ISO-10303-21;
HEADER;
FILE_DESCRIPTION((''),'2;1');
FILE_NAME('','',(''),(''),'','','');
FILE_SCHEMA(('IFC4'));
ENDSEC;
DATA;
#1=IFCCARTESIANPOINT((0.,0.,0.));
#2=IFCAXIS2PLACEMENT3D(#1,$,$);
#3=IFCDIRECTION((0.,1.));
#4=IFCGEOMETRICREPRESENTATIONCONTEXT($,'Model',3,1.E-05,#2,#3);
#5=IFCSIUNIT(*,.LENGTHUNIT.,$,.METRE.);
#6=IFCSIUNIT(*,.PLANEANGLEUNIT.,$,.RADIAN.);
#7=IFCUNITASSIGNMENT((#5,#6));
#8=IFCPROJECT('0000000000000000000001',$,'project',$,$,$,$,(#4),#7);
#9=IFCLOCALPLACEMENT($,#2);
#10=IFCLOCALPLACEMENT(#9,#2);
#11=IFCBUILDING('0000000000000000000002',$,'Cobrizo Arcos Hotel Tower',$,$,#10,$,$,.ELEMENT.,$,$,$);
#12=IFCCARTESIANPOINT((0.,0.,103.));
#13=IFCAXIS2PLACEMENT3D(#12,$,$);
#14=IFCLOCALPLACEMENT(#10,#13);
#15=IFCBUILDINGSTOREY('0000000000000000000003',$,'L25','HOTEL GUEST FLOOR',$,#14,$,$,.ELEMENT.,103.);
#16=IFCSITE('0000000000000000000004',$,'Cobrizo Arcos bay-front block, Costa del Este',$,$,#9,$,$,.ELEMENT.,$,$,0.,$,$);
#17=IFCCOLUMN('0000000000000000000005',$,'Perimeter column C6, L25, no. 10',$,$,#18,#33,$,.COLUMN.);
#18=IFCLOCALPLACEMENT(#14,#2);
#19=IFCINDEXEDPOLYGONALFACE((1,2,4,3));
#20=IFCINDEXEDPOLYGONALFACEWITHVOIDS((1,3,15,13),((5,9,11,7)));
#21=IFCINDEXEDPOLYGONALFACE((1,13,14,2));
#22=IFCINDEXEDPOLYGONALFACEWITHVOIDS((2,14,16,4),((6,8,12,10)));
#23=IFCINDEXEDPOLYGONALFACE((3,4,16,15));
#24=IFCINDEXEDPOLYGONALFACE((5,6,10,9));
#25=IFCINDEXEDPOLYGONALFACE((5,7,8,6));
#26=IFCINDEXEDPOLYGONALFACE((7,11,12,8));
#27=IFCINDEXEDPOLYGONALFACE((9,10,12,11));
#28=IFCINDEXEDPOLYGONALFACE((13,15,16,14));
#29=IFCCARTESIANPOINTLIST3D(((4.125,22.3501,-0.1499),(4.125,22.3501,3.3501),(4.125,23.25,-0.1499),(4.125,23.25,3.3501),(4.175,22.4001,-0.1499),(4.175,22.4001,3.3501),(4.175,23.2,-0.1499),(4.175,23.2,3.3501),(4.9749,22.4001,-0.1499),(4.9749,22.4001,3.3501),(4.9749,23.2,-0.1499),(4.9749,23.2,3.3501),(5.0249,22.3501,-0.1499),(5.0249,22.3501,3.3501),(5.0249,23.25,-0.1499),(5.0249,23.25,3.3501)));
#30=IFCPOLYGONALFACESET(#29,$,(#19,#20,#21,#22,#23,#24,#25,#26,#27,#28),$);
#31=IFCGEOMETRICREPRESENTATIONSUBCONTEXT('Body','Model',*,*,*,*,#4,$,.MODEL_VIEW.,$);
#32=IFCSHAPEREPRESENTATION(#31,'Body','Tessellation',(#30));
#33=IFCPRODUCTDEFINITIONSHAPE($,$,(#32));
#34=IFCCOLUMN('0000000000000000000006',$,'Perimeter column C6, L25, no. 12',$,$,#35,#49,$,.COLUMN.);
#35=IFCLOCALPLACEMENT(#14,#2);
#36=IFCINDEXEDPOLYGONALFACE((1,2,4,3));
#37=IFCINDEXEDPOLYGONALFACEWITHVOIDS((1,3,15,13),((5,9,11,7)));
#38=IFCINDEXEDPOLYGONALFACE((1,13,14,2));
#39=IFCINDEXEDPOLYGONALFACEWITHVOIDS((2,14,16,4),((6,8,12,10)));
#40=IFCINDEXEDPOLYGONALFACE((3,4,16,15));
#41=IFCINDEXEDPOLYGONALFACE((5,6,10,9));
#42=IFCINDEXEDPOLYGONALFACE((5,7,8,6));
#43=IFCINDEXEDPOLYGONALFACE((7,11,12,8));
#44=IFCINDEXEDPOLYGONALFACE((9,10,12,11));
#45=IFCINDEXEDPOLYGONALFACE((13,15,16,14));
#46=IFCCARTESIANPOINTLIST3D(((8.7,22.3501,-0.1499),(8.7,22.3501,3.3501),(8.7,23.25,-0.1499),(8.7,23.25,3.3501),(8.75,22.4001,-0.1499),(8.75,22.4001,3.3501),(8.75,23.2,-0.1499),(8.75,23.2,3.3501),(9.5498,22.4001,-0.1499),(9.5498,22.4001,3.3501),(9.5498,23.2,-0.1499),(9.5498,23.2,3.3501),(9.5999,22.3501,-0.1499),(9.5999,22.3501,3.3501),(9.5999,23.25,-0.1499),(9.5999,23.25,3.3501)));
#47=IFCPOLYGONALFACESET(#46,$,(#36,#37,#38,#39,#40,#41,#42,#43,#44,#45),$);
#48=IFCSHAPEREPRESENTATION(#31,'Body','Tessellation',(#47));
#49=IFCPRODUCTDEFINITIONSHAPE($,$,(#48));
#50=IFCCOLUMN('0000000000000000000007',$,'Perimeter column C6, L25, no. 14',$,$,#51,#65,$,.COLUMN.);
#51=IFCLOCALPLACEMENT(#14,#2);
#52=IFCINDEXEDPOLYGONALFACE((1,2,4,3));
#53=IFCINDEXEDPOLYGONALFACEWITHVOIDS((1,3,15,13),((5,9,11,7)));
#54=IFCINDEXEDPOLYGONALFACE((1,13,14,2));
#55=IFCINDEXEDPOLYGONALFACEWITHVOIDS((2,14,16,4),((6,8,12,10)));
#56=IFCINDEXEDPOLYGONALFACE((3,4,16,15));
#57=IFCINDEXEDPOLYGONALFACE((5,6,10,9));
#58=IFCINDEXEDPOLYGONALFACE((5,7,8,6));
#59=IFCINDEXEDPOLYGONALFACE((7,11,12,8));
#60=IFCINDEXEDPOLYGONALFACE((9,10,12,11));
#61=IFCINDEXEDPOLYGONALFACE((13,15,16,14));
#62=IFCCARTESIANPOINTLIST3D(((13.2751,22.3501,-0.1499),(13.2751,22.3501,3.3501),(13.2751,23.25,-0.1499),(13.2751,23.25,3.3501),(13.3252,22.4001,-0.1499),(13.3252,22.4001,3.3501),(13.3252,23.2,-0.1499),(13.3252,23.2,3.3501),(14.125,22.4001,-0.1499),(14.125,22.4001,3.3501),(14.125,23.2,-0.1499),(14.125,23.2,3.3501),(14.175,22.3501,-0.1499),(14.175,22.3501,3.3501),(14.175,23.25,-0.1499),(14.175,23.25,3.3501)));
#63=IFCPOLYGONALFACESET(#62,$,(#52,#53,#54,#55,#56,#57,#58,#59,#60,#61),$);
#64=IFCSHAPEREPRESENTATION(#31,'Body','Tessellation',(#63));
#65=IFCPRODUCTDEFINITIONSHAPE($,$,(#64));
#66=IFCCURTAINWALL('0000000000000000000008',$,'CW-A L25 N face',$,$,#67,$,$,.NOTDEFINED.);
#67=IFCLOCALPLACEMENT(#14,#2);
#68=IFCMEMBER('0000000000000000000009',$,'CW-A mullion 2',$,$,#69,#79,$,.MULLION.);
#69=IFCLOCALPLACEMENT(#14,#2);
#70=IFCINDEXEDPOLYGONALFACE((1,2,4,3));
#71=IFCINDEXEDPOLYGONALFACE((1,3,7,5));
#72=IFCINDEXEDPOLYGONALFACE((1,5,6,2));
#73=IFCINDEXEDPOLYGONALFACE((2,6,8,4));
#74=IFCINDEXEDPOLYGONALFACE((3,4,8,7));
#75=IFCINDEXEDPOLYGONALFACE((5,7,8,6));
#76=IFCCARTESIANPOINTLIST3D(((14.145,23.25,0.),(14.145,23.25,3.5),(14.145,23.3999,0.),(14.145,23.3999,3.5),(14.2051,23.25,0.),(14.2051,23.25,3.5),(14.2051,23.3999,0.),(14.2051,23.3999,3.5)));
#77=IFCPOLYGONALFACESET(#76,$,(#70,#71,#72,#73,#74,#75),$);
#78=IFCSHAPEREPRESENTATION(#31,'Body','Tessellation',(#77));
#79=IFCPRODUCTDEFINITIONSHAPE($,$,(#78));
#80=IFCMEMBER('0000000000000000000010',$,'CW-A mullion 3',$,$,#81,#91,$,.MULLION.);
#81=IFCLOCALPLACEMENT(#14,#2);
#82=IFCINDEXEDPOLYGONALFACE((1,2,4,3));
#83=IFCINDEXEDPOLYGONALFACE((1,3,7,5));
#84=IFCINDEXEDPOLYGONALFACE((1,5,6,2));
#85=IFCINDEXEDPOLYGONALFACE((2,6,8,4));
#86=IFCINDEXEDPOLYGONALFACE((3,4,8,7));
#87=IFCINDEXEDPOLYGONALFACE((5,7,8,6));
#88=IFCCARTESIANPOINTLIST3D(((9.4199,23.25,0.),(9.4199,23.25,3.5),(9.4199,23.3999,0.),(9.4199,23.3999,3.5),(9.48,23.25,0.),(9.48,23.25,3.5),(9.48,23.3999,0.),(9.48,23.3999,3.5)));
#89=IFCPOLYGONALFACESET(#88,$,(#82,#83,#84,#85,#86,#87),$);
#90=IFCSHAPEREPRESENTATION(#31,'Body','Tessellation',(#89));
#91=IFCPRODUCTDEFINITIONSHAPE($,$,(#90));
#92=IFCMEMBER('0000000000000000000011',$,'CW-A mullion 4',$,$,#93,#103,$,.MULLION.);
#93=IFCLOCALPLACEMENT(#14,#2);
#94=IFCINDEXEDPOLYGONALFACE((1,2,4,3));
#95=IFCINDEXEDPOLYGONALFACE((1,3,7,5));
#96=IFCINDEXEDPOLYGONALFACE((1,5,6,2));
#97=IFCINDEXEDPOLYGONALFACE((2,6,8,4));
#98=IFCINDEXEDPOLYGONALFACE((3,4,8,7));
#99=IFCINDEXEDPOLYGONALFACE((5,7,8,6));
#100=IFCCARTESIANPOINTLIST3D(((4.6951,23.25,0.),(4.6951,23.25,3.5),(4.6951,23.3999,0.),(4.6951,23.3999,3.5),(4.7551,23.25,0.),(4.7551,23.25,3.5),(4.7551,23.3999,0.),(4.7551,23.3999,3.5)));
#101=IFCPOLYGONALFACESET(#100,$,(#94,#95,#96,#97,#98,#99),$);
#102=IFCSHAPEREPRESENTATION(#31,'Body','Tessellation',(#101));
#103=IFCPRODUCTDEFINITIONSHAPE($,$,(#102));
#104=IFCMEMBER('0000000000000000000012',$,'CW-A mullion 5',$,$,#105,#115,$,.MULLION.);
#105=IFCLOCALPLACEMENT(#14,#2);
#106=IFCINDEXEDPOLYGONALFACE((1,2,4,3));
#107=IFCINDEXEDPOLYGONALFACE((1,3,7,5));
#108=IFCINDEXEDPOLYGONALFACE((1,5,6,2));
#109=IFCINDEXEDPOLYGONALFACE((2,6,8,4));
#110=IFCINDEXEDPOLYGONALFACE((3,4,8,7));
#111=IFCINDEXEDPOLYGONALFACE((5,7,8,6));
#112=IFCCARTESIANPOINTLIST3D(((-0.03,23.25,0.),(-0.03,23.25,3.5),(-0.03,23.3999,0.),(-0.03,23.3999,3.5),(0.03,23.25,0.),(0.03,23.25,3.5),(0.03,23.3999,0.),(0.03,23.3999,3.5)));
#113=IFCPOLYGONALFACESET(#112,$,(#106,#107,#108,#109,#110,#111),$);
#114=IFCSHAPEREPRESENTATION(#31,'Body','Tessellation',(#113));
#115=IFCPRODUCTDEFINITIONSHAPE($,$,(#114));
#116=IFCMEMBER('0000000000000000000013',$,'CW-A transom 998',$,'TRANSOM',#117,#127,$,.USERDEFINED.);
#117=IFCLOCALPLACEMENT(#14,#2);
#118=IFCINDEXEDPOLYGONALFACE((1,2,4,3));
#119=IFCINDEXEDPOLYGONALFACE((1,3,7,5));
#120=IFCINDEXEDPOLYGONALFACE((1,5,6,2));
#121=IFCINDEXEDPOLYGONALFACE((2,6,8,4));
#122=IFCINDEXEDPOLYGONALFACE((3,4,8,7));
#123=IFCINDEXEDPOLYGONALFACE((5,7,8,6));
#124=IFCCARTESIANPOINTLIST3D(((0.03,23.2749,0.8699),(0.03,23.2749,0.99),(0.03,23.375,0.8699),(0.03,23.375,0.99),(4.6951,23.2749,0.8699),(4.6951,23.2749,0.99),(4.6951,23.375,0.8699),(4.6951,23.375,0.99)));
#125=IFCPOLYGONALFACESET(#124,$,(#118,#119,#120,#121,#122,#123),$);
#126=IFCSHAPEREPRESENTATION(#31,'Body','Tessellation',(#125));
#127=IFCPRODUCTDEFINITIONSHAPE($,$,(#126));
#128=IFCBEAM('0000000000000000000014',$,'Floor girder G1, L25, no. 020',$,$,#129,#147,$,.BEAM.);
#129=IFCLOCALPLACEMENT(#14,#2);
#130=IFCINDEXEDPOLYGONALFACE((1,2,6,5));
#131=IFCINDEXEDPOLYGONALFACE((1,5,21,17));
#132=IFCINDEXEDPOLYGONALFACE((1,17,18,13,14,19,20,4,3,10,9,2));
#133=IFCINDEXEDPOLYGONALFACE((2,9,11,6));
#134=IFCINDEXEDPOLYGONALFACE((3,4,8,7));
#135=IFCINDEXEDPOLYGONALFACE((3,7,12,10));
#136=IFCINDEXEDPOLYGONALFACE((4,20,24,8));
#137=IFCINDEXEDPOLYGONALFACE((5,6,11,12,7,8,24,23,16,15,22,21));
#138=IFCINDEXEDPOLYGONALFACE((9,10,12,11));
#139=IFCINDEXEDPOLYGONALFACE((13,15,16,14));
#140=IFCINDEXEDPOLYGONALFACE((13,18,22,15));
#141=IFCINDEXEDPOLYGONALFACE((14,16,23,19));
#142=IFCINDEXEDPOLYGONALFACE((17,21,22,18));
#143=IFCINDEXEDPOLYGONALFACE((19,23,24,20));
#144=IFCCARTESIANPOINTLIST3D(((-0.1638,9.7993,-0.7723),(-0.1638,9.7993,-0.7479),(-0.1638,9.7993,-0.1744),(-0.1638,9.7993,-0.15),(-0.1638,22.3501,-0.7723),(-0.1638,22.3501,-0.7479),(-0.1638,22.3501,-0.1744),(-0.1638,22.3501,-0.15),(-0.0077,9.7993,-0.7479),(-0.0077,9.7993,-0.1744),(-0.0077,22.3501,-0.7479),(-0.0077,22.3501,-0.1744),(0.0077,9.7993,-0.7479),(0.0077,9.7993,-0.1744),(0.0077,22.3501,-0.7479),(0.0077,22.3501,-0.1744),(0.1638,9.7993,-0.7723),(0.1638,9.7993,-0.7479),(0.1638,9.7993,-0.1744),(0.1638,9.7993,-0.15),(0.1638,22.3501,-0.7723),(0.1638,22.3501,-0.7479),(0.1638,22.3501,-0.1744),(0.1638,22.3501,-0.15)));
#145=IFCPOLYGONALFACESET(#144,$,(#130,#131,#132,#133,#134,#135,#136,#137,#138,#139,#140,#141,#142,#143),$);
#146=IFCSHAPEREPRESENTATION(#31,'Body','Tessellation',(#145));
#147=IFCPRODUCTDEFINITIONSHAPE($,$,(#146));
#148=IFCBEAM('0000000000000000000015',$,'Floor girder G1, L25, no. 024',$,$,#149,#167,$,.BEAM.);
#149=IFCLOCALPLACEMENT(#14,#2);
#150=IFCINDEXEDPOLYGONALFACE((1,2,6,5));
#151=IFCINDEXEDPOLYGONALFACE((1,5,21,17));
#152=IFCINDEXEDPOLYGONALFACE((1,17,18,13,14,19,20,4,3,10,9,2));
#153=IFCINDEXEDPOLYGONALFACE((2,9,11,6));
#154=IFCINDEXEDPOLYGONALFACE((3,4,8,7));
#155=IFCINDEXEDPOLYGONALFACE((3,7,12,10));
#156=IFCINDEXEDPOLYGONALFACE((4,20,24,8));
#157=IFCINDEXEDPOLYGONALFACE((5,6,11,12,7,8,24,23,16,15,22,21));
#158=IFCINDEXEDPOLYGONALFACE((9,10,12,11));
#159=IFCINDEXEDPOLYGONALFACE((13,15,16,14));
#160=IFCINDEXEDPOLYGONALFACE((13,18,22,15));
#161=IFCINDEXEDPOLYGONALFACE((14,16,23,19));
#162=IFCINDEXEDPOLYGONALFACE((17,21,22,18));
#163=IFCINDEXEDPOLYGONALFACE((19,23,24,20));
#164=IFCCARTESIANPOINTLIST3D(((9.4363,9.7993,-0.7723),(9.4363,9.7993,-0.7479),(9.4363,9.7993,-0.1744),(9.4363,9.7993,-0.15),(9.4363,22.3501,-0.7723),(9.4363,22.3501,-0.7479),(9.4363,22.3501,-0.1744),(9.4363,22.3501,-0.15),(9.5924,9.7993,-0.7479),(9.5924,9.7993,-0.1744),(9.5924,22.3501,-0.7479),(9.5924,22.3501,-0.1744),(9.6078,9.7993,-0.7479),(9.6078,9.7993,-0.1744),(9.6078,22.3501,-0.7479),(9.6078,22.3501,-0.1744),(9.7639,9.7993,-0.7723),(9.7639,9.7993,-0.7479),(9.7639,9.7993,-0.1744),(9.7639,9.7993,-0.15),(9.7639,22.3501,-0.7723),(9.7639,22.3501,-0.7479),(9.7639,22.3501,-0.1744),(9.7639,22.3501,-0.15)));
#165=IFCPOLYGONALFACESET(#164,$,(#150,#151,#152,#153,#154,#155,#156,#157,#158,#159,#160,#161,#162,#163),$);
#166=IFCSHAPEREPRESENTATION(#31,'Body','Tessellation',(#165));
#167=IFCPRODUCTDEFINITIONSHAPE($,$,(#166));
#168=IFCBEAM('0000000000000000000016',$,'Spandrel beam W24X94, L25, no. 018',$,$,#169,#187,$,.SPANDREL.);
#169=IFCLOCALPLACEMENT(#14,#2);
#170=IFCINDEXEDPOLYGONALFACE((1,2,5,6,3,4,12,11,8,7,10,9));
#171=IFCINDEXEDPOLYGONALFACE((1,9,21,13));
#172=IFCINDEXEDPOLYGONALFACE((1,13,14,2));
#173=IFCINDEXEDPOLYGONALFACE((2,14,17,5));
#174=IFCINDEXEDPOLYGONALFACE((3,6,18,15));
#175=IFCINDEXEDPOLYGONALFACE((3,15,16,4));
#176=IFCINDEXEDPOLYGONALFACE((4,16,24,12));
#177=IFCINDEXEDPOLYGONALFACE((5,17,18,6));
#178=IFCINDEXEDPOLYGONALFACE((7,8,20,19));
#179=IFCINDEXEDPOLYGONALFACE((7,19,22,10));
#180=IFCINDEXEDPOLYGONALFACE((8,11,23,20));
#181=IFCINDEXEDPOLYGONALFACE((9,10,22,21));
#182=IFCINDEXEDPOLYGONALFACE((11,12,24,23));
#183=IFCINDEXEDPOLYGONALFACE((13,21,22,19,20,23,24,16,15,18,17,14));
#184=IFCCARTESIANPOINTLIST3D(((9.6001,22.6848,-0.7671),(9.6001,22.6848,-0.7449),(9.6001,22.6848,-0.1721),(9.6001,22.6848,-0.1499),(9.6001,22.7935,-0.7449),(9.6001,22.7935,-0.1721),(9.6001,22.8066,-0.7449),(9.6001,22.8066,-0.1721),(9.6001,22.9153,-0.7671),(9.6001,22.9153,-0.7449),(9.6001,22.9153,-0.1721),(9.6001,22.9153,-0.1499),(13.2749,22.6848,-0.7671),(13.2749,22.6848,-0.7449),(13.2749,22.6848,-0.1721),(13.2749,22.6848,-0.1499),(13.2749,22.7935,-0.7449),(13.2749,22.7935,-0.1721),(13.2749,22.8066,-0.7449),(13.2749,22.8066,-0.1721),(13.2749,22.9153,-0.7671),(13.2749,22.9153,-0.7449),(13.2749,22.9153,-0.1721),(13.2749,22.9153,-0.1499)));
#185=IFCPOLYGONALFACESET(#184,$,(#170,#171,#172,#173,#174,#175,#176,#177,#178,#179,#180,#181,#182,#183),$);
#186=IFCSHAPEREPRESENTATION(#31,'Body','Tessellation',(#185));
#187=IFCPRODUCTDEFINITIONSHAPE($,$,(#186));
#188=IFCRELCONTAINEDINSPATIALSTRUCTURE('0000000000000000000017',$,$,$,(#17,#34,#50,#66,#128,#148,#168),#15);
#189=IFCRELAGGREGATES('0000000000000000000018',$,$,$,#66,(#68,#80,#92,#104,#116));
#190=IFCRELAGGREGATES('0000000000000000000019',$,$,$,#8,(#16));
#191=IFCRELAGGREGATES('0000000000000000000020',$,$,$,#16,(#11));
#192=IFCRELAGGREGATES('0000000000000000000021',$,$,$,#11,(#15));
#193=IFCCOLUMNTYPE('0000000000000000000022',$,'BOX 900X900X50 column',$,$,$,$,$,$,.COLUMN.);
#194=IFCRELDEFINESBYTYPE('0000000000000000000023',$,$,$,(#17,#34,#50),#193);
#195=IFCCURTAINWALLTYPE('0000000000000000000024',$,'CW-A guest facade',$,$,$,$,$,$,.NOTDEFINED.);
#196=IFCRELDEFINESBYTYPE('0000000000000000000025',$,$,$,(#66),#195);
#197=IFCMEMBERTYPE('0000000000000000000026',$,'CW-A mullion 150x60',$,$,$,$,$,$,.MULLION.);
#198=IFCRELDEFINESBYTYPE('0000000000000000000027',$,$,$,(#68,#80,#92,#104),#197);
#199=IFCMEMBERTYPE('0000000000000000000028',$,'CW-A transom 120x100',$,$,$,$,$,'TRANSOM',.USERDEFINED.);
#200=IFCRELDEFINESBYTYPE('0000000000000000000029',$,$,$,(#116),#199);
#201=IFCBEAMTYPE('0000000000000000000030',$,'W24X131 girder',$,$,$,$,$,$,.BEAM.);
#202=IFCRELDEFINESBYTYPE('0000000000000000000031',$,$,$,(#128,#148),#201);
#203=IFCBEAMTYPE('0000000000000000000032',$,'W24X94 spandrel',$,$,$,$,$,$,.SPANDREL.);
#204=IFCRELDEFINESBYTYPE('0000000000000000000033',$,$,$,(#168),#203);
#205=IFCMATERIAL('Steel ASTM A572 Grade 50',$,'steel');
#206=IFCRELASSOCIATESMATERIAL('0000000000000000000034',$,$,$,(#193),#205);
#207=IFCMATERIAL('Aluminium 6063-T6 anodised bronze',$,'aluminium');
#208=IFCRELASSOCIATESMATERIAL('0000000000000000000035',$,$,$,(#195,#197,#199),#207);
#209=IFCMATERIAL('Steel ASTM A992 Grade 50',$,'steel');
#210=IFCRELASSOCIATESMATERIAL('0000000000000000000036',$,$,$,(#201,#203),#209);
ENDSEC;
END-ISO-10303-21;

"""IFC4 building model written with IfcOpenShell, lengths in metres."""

from ifc_helpers import new_model, si_unit, direction, frame, origin, origin_2d, place, context, subcontext, project, spatial, rectangle, hollow_rectangle, i_section, extrude, material, material_profile, profile_set, type_object, element, aggregate, save


model = new_model("IFC4")

# Units and contexts
model_context = context("Model", 3, precision=1e-05, world=origin(), true_north=direction((0.0, 1.0)))
body_context = subcontext(model_context, "Body", "Model", "MODEL_VIEW")
ifc_project = project(units=[si_unit("LENGTHUNIT", "METRE"), si_unit("PLANEANGLEUNIT", "RADIAN")], contexts=[model_context])

# Site, building, storey
site_placement = place(None, origin())
site = spatial("IfcSite", under=ifc_project, at=site_placement, Name="Cobrizo Arcos bay-front block, Costa del Este", CompositionType="ELEMENT", RefElevation=0.0)
building_placement = place(site_placement, origin())
building = spatial("IfcBuilding", under=site, at=building_placement, Name="Cobrizo Arcos Hotel Tower", CompositionType="ELEMENT")
storey_placement = place(building_placement, frame((0.0, 0.0, 103.0)))
storey = spatial("IfcBuildingStorey", under=building, at=storey_placement, Name="L25", Description="HOTEL GUEST FLOOR", CompositionType="ELEMENT", Elevation=103.0)

# Columns
ifc_material_1 = material(Name="Steel ASTM A572 Grade 50", Category="steel")
ifc_material_profile_1 = material_profile(ifc_material_1, hollow_rectangle(XDim=0.8999, YDim=0.8999, WallThickness=0.05, at=origin_2d()), Name="BOX 900X900X50")
ifc_profile_set_1 = profile_set([ifc_material_profile_1], Name="Steel ASTM A572 Grade 50")
column_type = type_object("IfcColumnType", Name="BOX 900X900X50 column", PredefinedType="COLUMN", material=ifc_profile_set_1)
for number, where, z_axis, x_axis, name in (
    (1, (4.575, 22.8, -0.1499), (0.0, 0.0, 1.0), (1.0, 0.0, 0.0), "Perimeter column C6, L25, no. 10"),
    (2, (9.1499, 22.8, -0.1499), (0.0, 0.0, 1.0), (1.0, 0.0, 0.0), "Perimeter column C6, L25, no. 12"),
    (3, (13.7251, 22.8, -0.1499), (0.0, 0.0, 1.0), (1.0, 0.0, 0.0), "Perimeter column C6, L25, no. 14"),
):
    element("IfcColumn", number, at=place(storey_placement, frame(where, z_axis=z_axis, x_axis=x_axis)), inside=storey, type_object=column_type, Name=name, PredefinedType="COLUMN", context=body_context, shape_type="SweptSolid", body=[
        extrude(hollow_rectangle(XDim=0.8999, YDim=0.8999, WallThickness=0.05, at=origin_2d()), origin(), (0.0, 0.0, 1.0), 3.5),
    ])

# Curtain wall, members
ifc_material_2 = material(Name="Aluminium 6063-T6 anodised bronze", Category="aluminium")
curtain_wall_type = type_object("IfcCurtainWallType", Name="CW-A guest facade", PredefinedType="NOTDEFINED", material=ifc_material_2)
curtain_wall_placement = place(storey_placement, origin())
curtain_wall = element("IfcCurtainWall", 4, at=curtain_wall_placement, inside=storey, type_object=curtain_wall_type, Name="CW-A L25 N face", PredefinedType="NOTDEFINED")
ifc_material_profile_2 = material_profile(ifc_material_2, rectangle(XDim=0.1499, YDim=0.0601, at=origin_2d()), Name="CW-A mullion 150x60")
ifc_profile_set_2 = profile_set([ifc_material_profile_2], Name="Aluminium 6063-T6 anodised bronze")
member_type_1 = type_object("IfcMemberType", Name="CW-A mullion 150x60", PredefinedType="MULLION", material=ifc_profile_set_2)
member_1_placement = place(storey_placement, frame((14.175, 23.325, 0.0), z_axis=(0.0, 0.0, 1.0), x_axis=(0.0, 1.0, 0.0)))
member_1 = element("IfcMember", 5, at=member_1_placement, type_object=member_type_1, Name="CW-A mullion 2", PredefinedType="MULLION", context=body_context, shape_type="SweptSolid", body=[
    extrude(rectangle(XDim=0.1499, YDim=0.0601, at=origin_2d()), origin(), (0.0, 0.0, 1.0), 3.5),
])
member_2_placement = place(storey_placement, frame((9.45, 23.325, 0.0), z_axis=(0.0, 0.0, 1.0), x_axis=(0.0, 1.0, 0.0)))
member_2 = element("IfcMember", 6, at=member_2_placement, type_object=member_type_1, Name="CW-A mullion 3", PredefinedType="MULLION", context=body_context, shape_type="SweptSolid", body=[
    extrude(rectangle(XDim=0.1499, YDim=0.0601, at=origin_2d()), origin(), (0.0, 0.0, 1.0), 3.5),
])
member_3_placement = place(storey_placement, frame((4.7251, 23.325, 0.0), z_axis=(0.0, 0.0, 1.0), x_axis=(0.0, 1.0, 0.0)))
member_3 = element("IfcMember", 7, at=member_3_placement, type_object=member_type_1, Name="CW-A mullion 4", PredefinedType="MULLION", context=body_context, shape_type="SweptSolid", body=[
    extrude(rectangle(XDim=0.1499, YDim=0.0601, at=origin_2d()), origin(), (0.0, 0.0, 1.0), 3.5),
])
member_4_placement = place(storey_placement, frame((0.0, 23.325, 0.0), z_axis=(0.0, 0.0, 1.0), x_axis=(0.0, 1.0, 0.0)))
member_4 = element("IfcMember", 8, at=member_4_placement, type_object=member_type_1, Name="CW-A mullion 5", PredefinedType="MULLION", context=body_context, shape_type="SweptSolid", body=[
    extrude(rectangle(XDim=0.1499, YDim=0.0601, at=origin_2d()), origin(), (0.0, 0.0, 1.0), 3.5),
])
ifc_material_profile_3 = material_profile(ifc_material_2, rectangle(XDim=0.1001, YDim=0.1201, at=origin_2d()), Name="CW-A transom 120x100")
ifc_profile_set_3 = profile_set([ifc_material_profile_3], Name="Aluminium 6063-T6 anodised bronze")
member_type_2 = type_object("IfcMemberType", Name="CW-A transom 120x100", ElementType="TRANSOM", PredefinedType="USERDEFINED", material=ifc_profile_set_3)
member_5_placement = place(storey_placement, frame((4.6951, 23.325, 0.9299), z_axis=(-1.0, 0.0, 0.0), x_axis=(0.0, -1.0, 0.0)))
member_5 = element("IfcMember", 9, at=member_5_placement, type_object=member_type_2, Name="CW-A transom 998", ObjectType="TRANSOM", PredefinedType="USERDEFINED", context=body_context, shape_type="SweptSolid", body=[
    extrude(rectangle(XDim=0.1001, YDim=0.1201, at=origin_2d()), origin(), (0.0, 0.0, 1.0), 4.665),
])

# Beams
ifc_material_3 = material(Name="Steel ASTM A992 Grade 50", Category="steel")
ifc_material_profile_4 = material_profile(ifc_material_3, i_section(OverallWidth=0.3276, OverallDepth=0.6223, WebThickness=0.0154, FlangeThickness=0.0244, at=origin_2d()), Name="W24X131")
ifc_profile_set_4 = profile_set([ifc_material_profile_4], Name="Steel ASTM A992 Grade 50")
beam_type_1 = type_object("IfcBeamType", Name="W24X131 girder", PredefinedType="BEAM", material=ifc_profile_set_4)
for number, where, z_axis, x_axis, name in (
    (10, (0.0, 9.7993, -0.4612), (0.0, 1.0, 0.0), (-1.0, 0.0, 0.0), "Floor girder G1, L25, no. 020"),
    (11, (9.6001, 9.7993, -0.4612), (0.0, 1.0, 0.0), (-1.0, 0.0, 0.0), "Floor girder G1, L25, no. 024"),
):
    element("IfcBeam", number, at=place(storey_placement, frame(where, z_axis=z_axis, x_axis=x_axis)), inside=storey, type_object=beam_type_1, Name=name, PredefinedType="BEAM", context=body_context, shape_type="SweptSolid", body=[
        extrude(i_section(OverallWidth=0.3276, OverallDepth=0.6223, WebThickness=0.0154, FlangeThickness=0.0244, at=origin_2d()), origin(), (0.0, 0.0, 1.0), 12.5508),
    ])
ifc_material_profile_5 = material_profile(ifc_material_3, i_section(OverallWidth=0.2305, OverallDepth=0.6172, WebThickness=0.0132, FlangeThickness=0.0222, at=origin_2d()), Name="W24X94")
ifc_profile_set_5 = profile_set([ifc_material_profile_5], Name="Steel ASTM A992 Grade 50")
beam_type_2 = type_object("IfcBeamType", Name="W24X94 spandrel", PredefinedType="SPANDREL", material=ifc_profile_set_5)
beam_placement = place(storey_placement, frame((13.2749, 22.8, -0.4585), z_axis=(-1.0, 0.0, 0.0), x_axis=(0.0, -1.0, 0.0)))
element("IfcBeam", 12, at=beam_placement, inside=storey, type_object=beam_type_2, Name="Spandrel beam W24X94, L25, no. 018", PredefinedType="SPANDREL", context=body_context, shape_type="SweptSolid", body=[
    extrude(i_section(OverallWidth=0.2305, OverallDepth=0.6172, WebThickness=0.0132, FlangeThickness=0.0222, at=origin_2d()), origin(), (0.0, 0.0, 1.0), 3.6748),
])

aggregate(curtain_wall, [member_1, member_2, member_3, member_4, member_5])

save(model, "model.ifc")
